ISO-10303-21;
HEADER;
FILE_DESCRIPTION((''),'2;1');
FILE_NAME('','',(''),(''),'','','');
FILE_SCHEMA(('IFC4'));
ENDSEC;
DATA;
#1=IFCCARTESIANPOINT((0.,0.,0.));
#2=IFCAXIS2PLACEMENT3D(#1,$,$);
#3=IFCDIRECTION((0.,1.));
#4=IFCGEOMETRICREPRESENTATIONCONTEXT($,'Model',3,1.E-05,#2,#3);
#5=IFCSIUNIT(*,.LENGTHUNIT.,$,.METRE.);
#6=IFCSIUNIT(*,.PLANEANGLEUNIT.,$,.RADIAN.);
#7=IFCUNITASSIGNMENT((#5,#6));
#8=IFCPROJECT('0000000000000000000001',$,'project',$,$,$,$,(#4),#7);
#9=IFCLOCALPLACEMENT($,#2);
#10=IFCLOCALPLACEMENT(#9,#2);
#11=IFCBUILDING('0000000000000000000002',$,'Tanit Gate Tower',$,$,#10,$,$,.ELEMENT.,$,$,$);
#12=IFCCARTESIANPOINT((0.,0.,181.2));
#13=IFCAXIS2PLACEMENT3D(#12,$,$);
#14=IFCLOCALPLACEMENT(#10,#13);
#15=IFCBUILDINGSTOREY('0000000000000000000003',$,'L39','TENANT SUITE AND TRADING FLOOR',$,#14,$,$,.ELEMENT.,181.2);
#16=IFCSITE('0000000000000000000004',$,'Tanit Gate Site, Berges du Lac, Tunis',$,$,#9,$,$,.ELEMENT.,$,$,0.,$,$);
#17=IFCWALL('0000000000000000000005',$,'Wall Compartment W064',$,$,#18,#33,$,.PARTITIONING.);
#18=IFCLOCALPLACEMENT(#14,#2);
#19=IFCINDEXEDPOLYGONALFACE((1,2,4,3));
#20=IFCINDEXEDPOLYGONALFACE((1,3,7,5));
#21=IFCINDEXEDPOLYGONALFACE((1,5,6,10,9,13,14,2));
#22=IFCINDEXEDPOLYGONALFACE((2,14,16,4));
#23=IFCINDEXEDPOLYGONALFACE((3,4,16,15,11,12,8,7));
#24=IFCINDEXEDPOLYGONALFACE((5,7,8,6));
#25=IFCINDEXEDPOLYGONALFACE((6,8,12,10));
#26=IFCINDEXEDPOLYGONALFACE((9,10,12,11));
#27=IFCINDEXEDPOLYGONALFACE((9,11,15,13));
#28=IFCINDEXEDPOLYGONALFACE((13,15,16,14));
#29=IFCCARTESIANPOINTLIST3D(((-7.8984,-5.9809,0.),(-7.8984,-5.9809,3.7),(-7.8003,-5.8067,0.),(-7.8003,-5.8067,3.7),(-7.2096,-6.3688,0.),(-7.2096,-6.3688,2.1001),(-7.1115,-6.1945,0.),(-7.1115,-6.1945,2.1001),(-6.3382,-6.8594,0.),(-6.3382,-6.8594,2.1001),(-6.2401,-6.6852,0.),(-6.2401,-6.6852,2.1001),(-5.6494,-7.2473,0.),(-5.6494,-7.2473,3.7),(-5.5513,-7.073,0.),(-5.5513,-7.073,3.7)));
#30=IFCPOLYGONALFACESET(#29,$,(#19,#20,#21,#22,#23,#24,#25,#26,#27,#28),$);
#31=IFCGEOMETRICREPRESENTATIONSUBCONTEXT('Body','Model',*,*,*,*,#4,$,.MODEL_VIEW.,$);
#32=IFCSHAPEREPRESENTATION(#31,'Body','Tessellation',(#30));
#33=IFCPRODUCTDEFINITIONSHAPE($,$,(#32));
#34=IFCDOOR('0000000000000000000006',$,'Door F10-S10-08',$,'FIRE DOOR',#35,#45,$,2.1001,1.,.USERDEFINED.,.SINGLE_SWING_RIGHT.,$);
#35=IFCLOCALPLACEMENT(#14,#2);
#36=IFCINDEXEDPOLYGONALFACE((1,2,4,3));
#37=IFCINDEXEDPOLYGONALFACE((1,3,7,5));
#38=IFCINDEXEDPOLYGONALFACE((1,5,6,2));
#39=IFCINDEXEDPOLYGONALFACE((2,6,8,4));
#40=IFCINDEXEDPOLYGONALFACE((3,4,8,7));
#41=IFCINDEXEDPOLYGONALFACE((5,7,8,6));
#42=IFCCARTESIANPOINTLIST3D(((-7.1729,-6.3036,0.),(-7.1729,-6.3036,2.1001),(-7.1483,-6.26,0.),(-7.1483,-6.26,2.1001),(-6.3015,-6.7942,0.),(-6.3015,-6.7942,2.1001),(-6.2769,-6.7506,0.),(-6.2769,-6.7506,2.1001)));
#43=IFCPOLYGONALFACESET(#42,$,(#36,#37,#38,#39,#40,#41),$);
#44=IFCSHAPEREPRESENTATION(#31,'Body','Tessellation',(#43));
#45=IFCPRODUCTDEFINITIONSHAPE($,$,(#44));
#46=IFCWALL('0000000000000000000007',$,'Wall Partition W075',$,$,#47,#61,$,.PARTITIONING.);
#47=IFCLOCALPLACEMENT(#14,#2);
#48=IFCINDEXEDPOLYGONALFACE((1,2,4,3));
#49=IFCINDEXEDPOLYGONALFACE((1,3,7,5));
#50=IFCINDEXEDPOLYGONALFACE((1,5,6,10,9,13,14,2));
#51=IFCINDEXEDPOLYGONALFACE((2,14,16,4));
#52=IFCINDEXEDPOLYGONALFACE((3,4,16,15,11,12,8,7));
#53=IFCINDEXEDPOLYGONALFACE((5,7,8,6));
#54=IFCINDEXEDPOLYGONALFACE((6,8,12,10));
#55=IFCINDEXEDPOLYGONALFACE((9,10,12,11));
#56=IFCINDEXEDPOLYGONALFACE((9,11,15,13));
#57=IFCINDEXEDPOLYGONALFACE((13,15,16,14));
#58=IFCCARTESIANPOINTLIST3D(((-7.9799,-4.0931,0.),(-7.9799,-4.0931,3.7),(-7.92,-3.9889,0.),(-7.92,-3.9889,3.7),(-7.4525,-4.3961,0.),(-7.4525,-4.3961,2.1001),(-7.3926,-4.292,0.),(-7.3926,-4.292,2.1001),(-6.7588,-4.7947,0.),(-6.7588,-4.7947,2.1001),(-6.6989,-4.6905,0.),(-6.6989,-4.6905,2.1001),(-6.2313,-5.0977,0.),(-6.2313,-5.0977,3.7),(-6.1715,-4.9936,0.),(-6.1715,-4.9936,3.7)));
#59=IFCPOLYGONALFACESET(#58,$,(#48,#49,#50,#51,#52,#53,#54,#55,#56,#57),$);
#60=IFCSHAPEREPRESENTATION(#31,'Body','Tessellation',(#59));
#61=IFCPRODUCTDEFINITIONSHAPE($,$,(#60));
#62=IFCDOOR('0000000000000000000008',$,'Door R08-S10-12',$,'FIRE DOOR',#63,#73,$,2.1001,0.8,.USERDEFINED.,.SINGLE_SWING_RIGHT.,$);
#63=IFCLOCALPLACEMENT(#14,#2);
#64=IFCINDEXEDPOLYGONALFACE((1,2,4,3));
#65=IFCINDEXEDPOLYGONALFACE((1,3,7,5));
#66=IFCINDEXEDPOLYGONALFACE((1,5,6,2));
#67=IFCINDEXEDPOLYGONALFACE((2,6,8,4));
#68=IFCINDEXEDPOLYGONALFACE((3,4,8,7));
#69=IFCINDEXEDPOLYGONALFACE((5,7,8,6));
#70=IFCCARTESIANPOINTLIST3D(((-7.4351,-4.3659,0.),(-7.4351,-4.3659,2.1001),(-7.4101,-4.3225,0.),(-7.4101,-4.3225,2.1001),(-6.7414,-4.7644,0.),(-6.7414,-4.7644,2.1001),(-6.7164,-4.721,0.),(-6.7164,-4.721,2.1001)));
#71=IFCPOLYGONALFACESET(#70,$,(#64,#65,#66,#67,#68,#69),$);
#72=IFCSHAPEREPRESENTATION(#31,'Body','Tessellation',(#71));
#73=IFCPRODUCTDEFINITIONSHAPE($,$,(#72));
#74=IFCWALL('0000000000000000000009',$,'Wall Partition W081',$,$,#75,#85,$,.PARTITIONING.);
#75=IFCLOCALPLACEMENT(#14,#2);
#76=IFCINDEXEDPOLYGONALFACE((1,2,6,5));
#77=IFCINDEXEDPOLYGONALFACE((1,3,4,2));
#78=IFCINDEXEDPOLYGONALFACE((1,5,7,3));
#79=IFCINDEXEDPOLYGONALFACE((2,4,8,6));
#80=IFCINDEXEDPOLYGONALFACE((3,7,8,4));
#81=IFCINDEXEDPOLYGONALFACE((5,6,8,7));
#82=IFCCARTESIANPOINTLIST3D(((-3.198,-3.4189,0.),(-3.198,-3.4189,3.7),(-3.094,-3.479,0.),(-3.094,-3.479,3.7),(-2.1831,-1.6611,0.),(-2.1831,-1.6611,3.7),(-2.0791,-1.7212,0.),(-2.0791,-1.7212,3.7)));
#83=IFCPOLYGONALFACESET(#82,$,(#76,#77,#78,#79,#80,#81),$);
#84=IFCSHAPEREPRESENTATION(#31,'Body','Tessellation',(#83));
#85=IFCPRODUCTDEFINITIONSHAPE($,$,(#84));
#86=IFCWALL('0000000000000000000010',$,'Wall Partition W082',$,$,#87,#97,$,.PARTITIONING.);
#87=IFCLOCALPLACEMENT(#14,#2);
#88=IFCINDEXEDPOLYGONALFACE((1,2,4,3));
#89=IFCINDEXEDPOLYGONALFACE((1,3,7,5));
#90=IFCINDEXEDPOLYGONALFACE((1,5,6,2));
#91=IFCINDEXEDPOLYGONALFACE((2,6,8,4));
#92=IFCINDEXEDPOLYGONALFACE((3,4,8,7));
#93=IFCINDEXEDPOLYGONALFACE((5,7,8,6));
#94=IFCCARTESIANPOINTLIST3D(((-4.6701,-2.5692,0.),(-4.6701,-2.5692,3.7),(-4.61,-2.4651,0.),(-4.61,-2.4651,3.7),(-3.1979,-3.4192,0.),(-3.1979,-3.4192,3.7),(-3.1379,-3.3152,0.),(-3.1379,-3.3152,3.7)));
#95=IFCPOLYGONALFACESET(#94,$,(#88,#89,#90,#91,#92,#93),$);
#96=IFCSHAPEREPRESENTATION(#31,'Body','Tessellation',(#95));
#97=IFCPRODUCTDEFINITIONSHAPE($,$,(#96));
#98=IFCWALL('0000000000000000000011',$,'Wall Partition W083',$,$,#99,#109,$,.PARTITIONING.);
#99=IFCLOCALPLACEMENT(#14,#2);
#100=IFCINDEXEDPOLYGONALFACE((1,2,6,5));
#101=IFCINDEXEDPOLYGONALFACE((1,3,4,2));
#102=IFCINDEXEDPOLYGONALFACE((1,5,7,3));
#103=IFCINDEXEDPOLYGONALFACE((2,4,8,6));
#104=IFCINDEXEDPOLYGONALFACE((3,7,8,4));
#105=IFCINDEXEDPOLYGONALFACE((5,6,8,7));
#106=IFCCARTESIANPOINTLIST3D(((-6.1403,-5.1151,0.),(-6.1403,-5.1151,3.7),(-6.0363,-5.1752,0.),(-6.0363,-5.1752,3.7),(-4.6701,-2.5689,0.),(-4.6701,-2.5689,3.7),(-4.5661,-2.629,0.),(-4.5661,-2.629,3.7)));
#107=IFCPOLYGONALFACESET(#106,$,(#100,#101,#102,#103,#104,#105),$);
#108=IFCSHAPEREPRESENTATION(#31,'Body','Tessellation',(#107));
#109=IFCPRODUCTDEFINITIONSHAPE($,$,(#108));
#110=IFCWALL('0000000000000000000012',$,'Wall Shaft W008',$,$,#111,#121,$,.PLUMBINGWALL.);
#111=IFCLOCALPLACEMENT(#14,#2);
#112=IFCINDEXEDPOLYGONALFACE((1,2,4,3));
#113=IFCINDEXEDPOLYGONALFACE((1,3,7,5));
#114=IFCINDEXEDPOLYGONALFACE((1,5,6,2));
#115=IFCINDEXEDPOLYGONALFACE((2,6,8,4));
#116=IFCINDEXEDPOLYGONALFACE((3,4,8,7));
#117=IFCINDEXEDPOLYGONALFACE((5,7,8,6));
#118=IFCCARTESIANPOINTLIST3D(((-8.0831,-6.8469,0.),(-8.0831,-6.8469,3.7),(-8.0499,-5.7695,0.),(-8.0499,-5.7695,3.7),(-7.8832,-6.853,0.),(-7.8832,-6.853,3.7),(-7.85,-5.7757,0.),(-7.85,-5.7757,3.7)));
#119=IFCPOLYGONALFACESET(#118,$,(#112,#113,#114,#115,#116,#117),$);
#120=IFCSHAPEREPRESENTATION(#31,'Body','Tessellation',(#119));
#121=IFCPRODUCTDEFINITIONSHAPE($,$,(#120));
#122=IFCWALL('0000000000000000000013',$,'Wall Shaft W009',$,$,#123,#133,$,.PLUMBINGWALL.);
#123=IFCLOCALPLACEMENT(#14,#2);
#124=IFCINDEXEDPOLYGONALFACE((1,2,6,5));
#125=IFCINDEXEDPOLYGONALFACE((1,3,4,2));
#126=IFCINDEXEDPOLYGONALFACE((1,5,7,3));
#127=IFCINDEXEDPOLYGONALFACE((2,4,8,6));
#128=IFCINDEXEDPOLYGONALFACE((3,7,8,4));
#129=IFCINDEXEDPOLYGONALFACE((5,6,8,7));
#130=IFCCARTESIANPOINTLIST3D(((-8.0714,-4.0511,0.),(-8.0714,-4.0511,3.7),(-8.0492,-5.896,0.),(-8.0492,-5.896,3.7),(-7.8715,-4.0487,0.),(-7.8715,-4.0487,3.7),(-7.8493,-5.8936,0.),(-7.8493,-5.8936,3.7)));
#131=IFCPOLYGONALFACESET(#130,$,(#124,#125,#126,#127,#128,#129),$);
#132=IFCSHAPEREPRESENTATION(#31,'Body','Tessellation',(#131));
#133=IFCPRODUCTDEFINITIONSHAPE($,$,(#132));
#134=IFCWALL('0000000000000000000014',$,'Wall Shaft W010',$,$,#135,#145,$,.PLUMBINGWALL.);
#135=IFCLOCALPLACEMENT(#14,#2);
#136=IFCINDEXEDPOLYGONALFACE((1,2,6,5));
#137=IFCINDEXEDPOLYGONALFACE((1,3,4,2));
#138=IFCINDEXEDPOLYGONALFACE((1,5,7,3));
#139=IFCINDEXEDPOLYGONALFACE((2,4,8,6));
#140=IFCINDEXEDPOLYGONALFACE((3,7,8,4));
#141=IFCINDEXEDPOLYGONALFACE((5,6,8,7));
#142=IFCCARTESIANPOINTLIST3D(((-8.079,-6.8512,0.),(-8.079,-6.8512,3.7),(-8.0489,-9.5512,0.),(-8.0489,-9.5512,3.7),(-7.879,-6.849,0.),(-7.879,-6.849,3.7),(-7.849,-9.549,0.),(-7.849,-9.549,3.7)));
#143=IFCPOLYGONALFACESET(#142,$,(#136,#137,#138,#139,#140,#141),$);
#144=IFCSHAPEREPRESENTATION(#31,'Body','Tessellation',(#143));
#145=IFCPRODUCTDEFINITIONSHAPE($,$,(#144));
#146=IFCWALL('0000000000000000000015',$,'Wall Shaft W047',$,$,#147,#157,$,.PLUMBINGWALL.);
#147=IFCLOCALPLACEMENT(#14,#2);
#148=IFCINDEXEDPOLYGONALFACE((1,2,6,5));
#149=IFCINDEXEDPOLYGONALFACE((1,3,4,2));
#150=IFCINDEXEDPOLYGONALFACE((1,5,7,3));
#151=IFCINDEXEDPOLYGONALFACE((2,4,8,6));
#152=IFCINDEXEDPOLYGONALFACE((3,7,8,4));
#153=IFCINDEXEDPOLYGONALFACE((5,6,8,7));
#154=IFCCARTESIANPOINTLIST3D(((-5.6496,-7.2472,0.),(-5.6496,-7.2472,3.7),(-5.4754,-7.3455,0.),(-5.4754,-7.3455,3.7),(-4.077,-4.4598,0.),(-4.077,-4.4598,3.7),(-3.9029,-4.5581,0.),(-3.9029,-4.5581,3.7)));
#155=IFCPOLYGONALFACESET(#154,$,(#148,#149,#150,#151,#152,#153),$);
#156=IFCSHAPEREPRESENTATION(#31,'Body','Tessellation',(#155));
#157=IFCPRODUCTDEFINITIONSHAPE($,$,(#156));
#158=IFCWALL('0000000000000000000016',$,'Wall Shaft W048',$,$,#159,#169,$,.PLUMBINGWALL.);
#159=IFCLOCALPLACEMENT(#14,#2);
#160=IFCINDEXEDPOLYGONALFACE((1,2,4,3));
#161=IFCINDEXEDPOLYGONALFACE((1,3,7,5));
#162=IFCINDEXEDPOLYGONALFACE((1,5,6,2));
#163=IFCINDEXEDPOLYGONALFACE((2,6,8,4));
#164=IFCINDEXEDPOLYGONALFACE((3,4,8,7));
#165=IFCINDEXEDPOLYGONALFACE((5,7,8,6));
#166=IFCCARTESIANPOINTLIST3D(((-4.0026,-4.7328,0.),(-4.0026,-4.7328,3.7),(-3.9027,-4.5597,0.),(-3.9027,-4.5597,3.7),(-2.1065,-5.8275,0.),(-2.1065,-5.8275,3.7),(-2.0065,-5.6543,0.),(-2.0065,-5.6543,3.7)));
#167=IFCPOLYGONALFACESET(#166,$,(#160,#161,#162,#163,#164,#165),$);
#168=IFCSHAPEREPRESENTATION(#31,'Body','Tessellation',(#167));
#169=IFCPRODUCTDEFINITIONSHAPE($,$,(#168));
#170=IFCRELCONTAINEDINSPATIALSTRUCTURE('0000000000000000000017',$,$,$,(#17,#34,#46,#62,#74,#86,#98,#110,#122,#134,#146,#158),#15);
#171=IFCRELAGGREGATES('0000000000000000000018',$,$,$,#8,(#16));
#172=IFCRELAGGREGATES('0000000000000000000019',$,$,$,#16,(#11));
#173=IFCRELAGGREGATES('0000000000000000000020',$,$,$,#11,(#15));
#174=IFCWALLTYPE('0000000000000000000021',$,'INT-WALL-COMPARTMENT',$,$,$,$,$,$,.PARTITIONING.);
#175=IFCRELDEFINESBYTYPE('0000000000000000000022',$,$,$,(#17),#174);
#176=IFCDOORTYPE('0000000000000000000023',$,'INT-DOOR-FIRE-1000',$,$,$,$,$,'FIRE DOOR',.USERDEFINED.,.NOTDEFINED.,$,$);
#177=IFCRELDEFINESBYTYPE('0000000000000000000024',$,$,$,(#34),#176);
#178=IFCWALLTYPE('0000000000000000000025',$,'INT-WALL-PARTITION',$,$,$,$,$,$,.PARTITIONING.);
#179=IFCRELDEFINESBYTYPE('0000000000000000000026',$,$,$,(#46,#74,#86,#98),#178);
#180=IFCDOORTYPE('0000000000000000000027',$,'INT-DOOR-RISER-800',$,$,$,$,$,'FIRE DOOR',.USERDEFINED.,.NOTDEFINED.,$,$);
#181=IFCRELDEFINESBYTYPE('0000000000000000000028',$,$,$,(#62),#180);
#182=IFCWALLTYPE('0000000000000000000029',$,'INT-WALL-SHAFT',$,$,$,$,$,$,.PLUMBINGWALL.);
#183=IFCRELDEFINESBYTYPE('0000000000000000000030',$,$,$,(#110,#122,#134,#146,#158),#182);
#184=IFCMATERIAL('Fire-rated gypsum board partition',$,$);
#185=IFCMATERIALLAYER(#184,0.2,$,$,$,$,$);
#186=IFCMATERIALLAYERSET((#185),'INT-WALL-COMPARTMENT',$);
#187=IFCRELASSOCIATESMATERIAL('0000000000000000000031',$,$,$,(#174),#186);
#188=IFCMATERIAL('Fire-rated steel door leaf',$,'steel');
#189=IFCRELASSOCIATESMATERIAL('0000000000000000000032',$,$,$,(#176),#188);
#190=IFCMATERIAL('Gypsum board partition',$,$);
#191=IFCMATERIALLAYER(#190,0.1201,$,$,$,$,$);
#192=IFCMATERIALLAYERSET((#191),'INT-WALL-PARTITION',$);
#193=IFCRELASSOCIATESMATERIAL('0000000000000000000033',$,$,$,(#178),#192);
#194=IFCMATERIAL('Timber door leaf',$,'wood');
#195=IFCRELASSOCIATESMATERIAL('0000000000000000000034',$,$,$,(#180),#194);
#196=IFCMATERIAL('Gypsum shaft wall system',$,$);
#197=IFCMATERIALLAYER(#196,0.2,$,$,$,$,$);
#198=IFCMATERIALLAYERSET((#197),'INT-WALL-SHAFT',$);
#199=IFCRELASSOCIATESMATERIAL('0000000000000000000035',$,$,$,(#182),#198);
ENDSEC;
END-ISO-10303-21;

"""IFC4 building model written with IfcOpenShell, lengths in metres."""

from ifc_helpers import new_model, si_unit, direction, frame, frame_2d, origin, place, context, subcontext, project, spatial, rectangle, extrude, material, layer, layer_set, type_object, element, fill, save


model = new_model("IFC4")

# Units and contexts
model_context = context("Model", 3, precision=1e-05, world=origin(), true_north=direction((0.0, 1.0)))
body_context = subcontext(model_context, "Body", "Model", "MODEL_VIEW")
ifc_project = project(units=[si_unit("LENGTHUNIT", "METRE"), si_unit("PLANEANGLEUNIT", "RADIAN")], contexts=[model_context])

# Site, building, storey
site_placement = place(None, origin())
site = spatial("IfcSite", under=ifc_project, at=site_placement, Name="Tanit Gate Site, Berges du Lac, Tunis", CompositionType="ELEMENT", RefElevation=0.0)
building_placement = place(site_placement, origin())
building = spatial("IfcBuilding", under=site, at=building_placement, Name="Tanit Gate Tower", CompositionType="ELEMENT")
storey_placement = place(building_placement, frame((0.0, 0.0, 181.2)))
storey = spatial("IfcBuildingStorey", under=building, at=storey_placement, Name="L39", Description="TENANT SUITE AND TRADING FLOOR", CompositionType="ELEMENT", Elevation=181.2)

# Walls, openings, doors
ifc_material_1 = material(Name="Fire-rated gypsum board partition")
ifc_layer_1 = layer(ifc_material_1, 0.2)
ifc_layer_set_1 = layer_set([ifc_layer_1], Name="INT-WALL-COMPARTMENT")
wall_type_1 = type_object("IfcWallType", Name="INT-WALL-COMPARTMENT", PredefinedType="PARTITIONING", material=ifc_layer_set_1)
wall_1_placement = place(storey_placement, frame((-7.8494, -5.8938, 0.0), z_axis=(0.0, 0.0, 1.0), x_axis=(0.871363, -0.490638, 0.0)))
wall_1 = element("IfcWall", 1, at=wall_1_placement, inside=storey, type_object=wall_type_1, Name="Wall Compartment W064", PredefinedType="PARTITIONING", context=body_context, shape_type="SweptSolid", body=[
    extrude(rectangle(XDim=2.5811, YDim=0.2, at=frame_2d((1.2905, 0.0))), origin(), (0.0, 0.0, 1.0), 3.7),
])
opening_1_placement = place(wall_1_placement, frame((0.7905, 0.0, 0.0)))
opening_1 = element("IfcOpeningElement", 2, at=opening_1_placement, cuts=wall_1, PredefinedType="OPENING", context=body_context, shape_type="SweptSolid", body=[
    extrude(rectangle(XDim=1.0, YDim=2.1001, at=frame_2d((0.5, 1.05))), frame((0.0, 0.1099, 0.0), z_axis=(0.0, -1.0, 0.0), x_axis=(1.0, 0.0, 0.0)), (0.0, 0.0, 1.0), 0.22),
])
ifc_material_2 = material(Name="Fire-rated steel door leaf", Category="steel")
door_type_1 = type_object("IfcDoorType", Name="INT-DOOR-FIRE-1000", ElementType="FIRE DOOR", OperationType="NOTDEFINED", PredefinedType="USERDEFINED", material=ifc_material_2)
door_1_placement = place(opening_1_placement, origin())
door_1 = element("IfcDoor", 3, at=door_1_placement, inside=storey, type_object=door_type_1, Name="Door F10-S10-08", ObjectType="FIRE DOOR", OperationType="SINGLE_SWING_RIGHT", OverallHeight=2.1001, OverallWidth=1.0, PredefinedType="USERDEFINED", context=body_context, shape_type="SweptSolid", body=[
    extrude(rectangle(XDim=1.0, YDim=2.1001, at=frame_2d((0.5, 1.05))), frame((0.0, 0.0249, 0.0), z_axis=(0.0, -1.0, 0.0), x_axis=(1.0, 0.0, 0.0)), (0.0, 0.0, 1.0), 0.05),
])
fill(opening_1, door_1)
ifc_material_3 = material(Name="Gypsum board partition")
ifc_layer_2 = layer(ifc_material_3, 0.1201)
ifc_layer_set_2 = layer_set([ifc_layer_2], Name="INT-WALL-PARTITION")
wall_type_2 = type_object("IfcWallType", Name="INT-WALL-PARTITION", PredefinedType="PARTITIONING", material=ifc_layer_set_2)
wall_2_placement = place(storey_placement, frame((-7.95, -4.041, 0.0), z_axis=(0.0, 0.0, 1.0), x_axis=(0.867071, -0.498184, 0.0)))
wall_2 = element("IfcWall", 4, at=wall_2_placement, inside=storey, type_object=wall_type_2, Name="Wall Partition W075", PredefinedType="PARTITIONING", context=body_context, shape_type="SweptSolid", body=[
    extrude(rectangle(XDim=2.0166, YDim=0.1201, at=frame_2d((1.0083, 0.0))), origin(), (0.0, 0.0, 1.0), 3.7),
])
opening_2_placement = place(wall_2_placement, frame((0.6084, 0.0, 0.0)))
opening_2 = element("IfcOpeningElement", 5, at=opening_2_placement, cuts=wall_2, PredefinedType="OPENING", context=body_context, shape_type="SweptSolid", body=[
    extrude(rectangle(XDim=0.8, YDim=2.1001, at=frame_2d((0.3999, 1.05))), frame((0.0, 0.0701, 0.0), z_axis=(0.0, -1.0, 0.0), x_axis=(1.0, 0.0, 0.0)), (0.0, 0.0, 1.0), 0.1401),
])
ifc_material_4 = material(Name="Timber door leaf", Category="wood")
door_type_2 = type_object("IfcDoorType", Name="INT-DOOR-RISER-800", ElementType="FIRE DOOR", OperationType="NOTDEFINED", PredefinedType="USERDEFINED", material=ifc_material_4)
door_2_placement = place(opening_2_placement, origin())
door_2 = element("IfcDoor", 6, at=door_2_placement, inside=storey, type_object=door_type_2, Name="Door R08-S10-12", ObjectType="FIRE DOOR", OperationType="SINGLE_SWING_RIGHT", OverallHeight=2.1001, OverallWidth=0.8, PredefinedType="USERDEFINED", context=body_context, shape_type="SweptSolid", body=[
    extrude(rectangle(XDim=0.8, YDim=2.1001, at=frame_2d((0.3999, 1.05))), frame((0.0, 0.0249, 0.0), z_axis=(0.0, -1.0, 0.0), x_axis=(1.0, 0.0, 0.0)), (0.0, 0.0, 1.0), 0.05),
])
fill(opening_2, door_2)

# Walls
wall_3_placement = place(storey_placement, frame((-3.146, -3.449, 0.0), z_axis=(0.0, 0.0, 1.0), x_axis=(0.500007, 0.866021, 0.0)))
element("IfcWall", 7, at=wall_3_placement, inside=storey, type_object=wall_type_2, Name="Wall Partition W081", PredefinedType="PARTITIONING", context=body_context, shape_type="SweptSolid", body=[
    extrude(rectangle(XDim=2.0298, YDim=0.1201, at=frame_2d((1.0149, 0.0))), origin(), (0.0, 0.0, 1.0), 3.7),
])
wall_4_placement = place(storey_placement, frame((-4.6401, -2.5171, 0.0), z_axis=(0.0, 0.0, 1.0), x_axis=(0.865989, -0.500062, 0.0)))
element("IfcWall", 8, at=wall_4_placement, inside=storey, type_object=wall_type_2, Name="Wall Partition W082", PredefinedType="PARTITIONING", context=body_context, shape_type="SweptSolid", body=[
    extrude(rectangle(XDim=1.7, YDim=0.1201, at=frame_2d((0.8501, 0.0))), origin(), (0.0, 0.0, 1.0), 3.7),
])
wall_5_placement = place(storey_placement, frame((-6.0884, -5.1453, 0.0), z_axis=(0.0, 0.0, 1.0), x_axis=(0.500051, 0.865996, 0.0)))
element("IfcWall", 9, at=wall_5_placement, inside=storey, type_object=wall_type_2, Name="Wall Partition W083", PredefinedType="PARTITIONING", context=body_context, shape_type="SweptSolid", body=[
    extrude(rectangle(XDim=2.9402, YDim=0.1201, at=frame_2d((1.4702, 0.0))), origin(), (0.0, 0.0, 1.0), 3.7),
])
ifc_material_5 = material(Name="Gypsum shaft wall system")
ifc_layer_3 = layer(ifc_material_5, 0.2)
ifc_layer_set_3 = layer_set([ifc_layer_3], Name="INT-WALL-SHAFT")
wall_type_3 = type_object("IfcWallType", Name="INT-WALL-SHAFT", PredefinedType="PLUMBINGWALL", material=ifc_layer_set_3)
wall_6_placement = place(storey_placement, frame((-7.95, -5.7725, 0.0), z_axis=(0.0, 0.0, 1.0), x_axis=(-0.030803, -0.999525, 0.0)))
element("IfcWall", 10, at=wall_6_placement, inside=storey, type_object=wall_type_3, Name="Wall Shaft W008", PredefinedType="PLUMBINGWALL", context=body_context, shape_type="SweptSolid", body=[
    extrude(rectangle(XDim=1.0779, YDim=0.2, at=frame_2d((0.5391, 0.0))), origin(), (0.0, 0.0, 1.0), 3.7),
])
wall_7_placement = place(storey_placement, frame((-7.9714, -4.05, 0.0), z_axis=(0.0, 0.0, 1.0), x_axis=(0.012043, -0.999927, 0.0)))
element("IfcWall", 11, at=wall_7_placement, inside=storey, type_object=wall_type_3, Name="Wall Shaft W009", PredefinedType="PLUMBINGWALL", context=body_context, shape_type="SweptSolid", body=[
    extrude(rectangle(XDim=1.845, YDim=0.2, at=frame_2d((0.9224, 0.0))), origin(), (0.0, 0.0, 1.0), 3.7),
])
wall_8_placement = place(storey_placement, frame((-7.979, -6.8501, 0.0), z_axis=(0.0, 0.0, 1.0), x_axis=(0.011121, -0.999938, 0.0)))
element("IfcWall", 12, at=wall_8_placement, inside=storey, type_object=wall_type_3, Name="Wall Shaft W010", PredefinedType="PLUMBINGWALL", context=body_context, shape_type="SweptSolid", body=[
    extrude(rectangle(XDim=2.7002, YDim=0.2, at=frame_2d((1.3501, 0.0))), origin(), (0.0, 0.0, 1.0), 3.7),
])
wall_9_placement = place(storey_placement, frame((-3.99, -4.509, 0.0), z_axis=(0.0, 0.0, 1.0), x_axis=(-0.491358, -0.870958, 0.0)))
element("IfcWall", 13, at=wall_9_placement, inside=storey, type_object=wall_type_3, Name="Wall Shaft W047", PredefinedType="PLUMBINGWALL", context=body_context, shape_type="SweptSolid", body=[
    extrude(rectangle(XDim=3.2004, YDim=0.2, at=frame_2d((1.6001, 0.0))), origin(), (0.0, 0.0, 1.0), 3.7),
])
wall_10_placement = place(storey_placement, frame((-3.9526, -4.6462, 0.0), z_axis=(0.0, 0.0, 1.0), x_axis=(0.866039, -0.499977, 0.0)))
element("IfcWall", 14, at=wall_10_placement, inside=storey, type_object=wall_type_3, Name="Wall Shaft W048", PredefinedType="PLUMBINGWALL", context=body_context, shape_type="SweptSolid", body=[
    extrude(rectangle(XDim=2.1895, YDim=0.2, at=frame_2d((1.0947, 0.0))), origin(), (0.0, 0.0, 1.0), 3.7),
])

save(model, "model.ifc")
